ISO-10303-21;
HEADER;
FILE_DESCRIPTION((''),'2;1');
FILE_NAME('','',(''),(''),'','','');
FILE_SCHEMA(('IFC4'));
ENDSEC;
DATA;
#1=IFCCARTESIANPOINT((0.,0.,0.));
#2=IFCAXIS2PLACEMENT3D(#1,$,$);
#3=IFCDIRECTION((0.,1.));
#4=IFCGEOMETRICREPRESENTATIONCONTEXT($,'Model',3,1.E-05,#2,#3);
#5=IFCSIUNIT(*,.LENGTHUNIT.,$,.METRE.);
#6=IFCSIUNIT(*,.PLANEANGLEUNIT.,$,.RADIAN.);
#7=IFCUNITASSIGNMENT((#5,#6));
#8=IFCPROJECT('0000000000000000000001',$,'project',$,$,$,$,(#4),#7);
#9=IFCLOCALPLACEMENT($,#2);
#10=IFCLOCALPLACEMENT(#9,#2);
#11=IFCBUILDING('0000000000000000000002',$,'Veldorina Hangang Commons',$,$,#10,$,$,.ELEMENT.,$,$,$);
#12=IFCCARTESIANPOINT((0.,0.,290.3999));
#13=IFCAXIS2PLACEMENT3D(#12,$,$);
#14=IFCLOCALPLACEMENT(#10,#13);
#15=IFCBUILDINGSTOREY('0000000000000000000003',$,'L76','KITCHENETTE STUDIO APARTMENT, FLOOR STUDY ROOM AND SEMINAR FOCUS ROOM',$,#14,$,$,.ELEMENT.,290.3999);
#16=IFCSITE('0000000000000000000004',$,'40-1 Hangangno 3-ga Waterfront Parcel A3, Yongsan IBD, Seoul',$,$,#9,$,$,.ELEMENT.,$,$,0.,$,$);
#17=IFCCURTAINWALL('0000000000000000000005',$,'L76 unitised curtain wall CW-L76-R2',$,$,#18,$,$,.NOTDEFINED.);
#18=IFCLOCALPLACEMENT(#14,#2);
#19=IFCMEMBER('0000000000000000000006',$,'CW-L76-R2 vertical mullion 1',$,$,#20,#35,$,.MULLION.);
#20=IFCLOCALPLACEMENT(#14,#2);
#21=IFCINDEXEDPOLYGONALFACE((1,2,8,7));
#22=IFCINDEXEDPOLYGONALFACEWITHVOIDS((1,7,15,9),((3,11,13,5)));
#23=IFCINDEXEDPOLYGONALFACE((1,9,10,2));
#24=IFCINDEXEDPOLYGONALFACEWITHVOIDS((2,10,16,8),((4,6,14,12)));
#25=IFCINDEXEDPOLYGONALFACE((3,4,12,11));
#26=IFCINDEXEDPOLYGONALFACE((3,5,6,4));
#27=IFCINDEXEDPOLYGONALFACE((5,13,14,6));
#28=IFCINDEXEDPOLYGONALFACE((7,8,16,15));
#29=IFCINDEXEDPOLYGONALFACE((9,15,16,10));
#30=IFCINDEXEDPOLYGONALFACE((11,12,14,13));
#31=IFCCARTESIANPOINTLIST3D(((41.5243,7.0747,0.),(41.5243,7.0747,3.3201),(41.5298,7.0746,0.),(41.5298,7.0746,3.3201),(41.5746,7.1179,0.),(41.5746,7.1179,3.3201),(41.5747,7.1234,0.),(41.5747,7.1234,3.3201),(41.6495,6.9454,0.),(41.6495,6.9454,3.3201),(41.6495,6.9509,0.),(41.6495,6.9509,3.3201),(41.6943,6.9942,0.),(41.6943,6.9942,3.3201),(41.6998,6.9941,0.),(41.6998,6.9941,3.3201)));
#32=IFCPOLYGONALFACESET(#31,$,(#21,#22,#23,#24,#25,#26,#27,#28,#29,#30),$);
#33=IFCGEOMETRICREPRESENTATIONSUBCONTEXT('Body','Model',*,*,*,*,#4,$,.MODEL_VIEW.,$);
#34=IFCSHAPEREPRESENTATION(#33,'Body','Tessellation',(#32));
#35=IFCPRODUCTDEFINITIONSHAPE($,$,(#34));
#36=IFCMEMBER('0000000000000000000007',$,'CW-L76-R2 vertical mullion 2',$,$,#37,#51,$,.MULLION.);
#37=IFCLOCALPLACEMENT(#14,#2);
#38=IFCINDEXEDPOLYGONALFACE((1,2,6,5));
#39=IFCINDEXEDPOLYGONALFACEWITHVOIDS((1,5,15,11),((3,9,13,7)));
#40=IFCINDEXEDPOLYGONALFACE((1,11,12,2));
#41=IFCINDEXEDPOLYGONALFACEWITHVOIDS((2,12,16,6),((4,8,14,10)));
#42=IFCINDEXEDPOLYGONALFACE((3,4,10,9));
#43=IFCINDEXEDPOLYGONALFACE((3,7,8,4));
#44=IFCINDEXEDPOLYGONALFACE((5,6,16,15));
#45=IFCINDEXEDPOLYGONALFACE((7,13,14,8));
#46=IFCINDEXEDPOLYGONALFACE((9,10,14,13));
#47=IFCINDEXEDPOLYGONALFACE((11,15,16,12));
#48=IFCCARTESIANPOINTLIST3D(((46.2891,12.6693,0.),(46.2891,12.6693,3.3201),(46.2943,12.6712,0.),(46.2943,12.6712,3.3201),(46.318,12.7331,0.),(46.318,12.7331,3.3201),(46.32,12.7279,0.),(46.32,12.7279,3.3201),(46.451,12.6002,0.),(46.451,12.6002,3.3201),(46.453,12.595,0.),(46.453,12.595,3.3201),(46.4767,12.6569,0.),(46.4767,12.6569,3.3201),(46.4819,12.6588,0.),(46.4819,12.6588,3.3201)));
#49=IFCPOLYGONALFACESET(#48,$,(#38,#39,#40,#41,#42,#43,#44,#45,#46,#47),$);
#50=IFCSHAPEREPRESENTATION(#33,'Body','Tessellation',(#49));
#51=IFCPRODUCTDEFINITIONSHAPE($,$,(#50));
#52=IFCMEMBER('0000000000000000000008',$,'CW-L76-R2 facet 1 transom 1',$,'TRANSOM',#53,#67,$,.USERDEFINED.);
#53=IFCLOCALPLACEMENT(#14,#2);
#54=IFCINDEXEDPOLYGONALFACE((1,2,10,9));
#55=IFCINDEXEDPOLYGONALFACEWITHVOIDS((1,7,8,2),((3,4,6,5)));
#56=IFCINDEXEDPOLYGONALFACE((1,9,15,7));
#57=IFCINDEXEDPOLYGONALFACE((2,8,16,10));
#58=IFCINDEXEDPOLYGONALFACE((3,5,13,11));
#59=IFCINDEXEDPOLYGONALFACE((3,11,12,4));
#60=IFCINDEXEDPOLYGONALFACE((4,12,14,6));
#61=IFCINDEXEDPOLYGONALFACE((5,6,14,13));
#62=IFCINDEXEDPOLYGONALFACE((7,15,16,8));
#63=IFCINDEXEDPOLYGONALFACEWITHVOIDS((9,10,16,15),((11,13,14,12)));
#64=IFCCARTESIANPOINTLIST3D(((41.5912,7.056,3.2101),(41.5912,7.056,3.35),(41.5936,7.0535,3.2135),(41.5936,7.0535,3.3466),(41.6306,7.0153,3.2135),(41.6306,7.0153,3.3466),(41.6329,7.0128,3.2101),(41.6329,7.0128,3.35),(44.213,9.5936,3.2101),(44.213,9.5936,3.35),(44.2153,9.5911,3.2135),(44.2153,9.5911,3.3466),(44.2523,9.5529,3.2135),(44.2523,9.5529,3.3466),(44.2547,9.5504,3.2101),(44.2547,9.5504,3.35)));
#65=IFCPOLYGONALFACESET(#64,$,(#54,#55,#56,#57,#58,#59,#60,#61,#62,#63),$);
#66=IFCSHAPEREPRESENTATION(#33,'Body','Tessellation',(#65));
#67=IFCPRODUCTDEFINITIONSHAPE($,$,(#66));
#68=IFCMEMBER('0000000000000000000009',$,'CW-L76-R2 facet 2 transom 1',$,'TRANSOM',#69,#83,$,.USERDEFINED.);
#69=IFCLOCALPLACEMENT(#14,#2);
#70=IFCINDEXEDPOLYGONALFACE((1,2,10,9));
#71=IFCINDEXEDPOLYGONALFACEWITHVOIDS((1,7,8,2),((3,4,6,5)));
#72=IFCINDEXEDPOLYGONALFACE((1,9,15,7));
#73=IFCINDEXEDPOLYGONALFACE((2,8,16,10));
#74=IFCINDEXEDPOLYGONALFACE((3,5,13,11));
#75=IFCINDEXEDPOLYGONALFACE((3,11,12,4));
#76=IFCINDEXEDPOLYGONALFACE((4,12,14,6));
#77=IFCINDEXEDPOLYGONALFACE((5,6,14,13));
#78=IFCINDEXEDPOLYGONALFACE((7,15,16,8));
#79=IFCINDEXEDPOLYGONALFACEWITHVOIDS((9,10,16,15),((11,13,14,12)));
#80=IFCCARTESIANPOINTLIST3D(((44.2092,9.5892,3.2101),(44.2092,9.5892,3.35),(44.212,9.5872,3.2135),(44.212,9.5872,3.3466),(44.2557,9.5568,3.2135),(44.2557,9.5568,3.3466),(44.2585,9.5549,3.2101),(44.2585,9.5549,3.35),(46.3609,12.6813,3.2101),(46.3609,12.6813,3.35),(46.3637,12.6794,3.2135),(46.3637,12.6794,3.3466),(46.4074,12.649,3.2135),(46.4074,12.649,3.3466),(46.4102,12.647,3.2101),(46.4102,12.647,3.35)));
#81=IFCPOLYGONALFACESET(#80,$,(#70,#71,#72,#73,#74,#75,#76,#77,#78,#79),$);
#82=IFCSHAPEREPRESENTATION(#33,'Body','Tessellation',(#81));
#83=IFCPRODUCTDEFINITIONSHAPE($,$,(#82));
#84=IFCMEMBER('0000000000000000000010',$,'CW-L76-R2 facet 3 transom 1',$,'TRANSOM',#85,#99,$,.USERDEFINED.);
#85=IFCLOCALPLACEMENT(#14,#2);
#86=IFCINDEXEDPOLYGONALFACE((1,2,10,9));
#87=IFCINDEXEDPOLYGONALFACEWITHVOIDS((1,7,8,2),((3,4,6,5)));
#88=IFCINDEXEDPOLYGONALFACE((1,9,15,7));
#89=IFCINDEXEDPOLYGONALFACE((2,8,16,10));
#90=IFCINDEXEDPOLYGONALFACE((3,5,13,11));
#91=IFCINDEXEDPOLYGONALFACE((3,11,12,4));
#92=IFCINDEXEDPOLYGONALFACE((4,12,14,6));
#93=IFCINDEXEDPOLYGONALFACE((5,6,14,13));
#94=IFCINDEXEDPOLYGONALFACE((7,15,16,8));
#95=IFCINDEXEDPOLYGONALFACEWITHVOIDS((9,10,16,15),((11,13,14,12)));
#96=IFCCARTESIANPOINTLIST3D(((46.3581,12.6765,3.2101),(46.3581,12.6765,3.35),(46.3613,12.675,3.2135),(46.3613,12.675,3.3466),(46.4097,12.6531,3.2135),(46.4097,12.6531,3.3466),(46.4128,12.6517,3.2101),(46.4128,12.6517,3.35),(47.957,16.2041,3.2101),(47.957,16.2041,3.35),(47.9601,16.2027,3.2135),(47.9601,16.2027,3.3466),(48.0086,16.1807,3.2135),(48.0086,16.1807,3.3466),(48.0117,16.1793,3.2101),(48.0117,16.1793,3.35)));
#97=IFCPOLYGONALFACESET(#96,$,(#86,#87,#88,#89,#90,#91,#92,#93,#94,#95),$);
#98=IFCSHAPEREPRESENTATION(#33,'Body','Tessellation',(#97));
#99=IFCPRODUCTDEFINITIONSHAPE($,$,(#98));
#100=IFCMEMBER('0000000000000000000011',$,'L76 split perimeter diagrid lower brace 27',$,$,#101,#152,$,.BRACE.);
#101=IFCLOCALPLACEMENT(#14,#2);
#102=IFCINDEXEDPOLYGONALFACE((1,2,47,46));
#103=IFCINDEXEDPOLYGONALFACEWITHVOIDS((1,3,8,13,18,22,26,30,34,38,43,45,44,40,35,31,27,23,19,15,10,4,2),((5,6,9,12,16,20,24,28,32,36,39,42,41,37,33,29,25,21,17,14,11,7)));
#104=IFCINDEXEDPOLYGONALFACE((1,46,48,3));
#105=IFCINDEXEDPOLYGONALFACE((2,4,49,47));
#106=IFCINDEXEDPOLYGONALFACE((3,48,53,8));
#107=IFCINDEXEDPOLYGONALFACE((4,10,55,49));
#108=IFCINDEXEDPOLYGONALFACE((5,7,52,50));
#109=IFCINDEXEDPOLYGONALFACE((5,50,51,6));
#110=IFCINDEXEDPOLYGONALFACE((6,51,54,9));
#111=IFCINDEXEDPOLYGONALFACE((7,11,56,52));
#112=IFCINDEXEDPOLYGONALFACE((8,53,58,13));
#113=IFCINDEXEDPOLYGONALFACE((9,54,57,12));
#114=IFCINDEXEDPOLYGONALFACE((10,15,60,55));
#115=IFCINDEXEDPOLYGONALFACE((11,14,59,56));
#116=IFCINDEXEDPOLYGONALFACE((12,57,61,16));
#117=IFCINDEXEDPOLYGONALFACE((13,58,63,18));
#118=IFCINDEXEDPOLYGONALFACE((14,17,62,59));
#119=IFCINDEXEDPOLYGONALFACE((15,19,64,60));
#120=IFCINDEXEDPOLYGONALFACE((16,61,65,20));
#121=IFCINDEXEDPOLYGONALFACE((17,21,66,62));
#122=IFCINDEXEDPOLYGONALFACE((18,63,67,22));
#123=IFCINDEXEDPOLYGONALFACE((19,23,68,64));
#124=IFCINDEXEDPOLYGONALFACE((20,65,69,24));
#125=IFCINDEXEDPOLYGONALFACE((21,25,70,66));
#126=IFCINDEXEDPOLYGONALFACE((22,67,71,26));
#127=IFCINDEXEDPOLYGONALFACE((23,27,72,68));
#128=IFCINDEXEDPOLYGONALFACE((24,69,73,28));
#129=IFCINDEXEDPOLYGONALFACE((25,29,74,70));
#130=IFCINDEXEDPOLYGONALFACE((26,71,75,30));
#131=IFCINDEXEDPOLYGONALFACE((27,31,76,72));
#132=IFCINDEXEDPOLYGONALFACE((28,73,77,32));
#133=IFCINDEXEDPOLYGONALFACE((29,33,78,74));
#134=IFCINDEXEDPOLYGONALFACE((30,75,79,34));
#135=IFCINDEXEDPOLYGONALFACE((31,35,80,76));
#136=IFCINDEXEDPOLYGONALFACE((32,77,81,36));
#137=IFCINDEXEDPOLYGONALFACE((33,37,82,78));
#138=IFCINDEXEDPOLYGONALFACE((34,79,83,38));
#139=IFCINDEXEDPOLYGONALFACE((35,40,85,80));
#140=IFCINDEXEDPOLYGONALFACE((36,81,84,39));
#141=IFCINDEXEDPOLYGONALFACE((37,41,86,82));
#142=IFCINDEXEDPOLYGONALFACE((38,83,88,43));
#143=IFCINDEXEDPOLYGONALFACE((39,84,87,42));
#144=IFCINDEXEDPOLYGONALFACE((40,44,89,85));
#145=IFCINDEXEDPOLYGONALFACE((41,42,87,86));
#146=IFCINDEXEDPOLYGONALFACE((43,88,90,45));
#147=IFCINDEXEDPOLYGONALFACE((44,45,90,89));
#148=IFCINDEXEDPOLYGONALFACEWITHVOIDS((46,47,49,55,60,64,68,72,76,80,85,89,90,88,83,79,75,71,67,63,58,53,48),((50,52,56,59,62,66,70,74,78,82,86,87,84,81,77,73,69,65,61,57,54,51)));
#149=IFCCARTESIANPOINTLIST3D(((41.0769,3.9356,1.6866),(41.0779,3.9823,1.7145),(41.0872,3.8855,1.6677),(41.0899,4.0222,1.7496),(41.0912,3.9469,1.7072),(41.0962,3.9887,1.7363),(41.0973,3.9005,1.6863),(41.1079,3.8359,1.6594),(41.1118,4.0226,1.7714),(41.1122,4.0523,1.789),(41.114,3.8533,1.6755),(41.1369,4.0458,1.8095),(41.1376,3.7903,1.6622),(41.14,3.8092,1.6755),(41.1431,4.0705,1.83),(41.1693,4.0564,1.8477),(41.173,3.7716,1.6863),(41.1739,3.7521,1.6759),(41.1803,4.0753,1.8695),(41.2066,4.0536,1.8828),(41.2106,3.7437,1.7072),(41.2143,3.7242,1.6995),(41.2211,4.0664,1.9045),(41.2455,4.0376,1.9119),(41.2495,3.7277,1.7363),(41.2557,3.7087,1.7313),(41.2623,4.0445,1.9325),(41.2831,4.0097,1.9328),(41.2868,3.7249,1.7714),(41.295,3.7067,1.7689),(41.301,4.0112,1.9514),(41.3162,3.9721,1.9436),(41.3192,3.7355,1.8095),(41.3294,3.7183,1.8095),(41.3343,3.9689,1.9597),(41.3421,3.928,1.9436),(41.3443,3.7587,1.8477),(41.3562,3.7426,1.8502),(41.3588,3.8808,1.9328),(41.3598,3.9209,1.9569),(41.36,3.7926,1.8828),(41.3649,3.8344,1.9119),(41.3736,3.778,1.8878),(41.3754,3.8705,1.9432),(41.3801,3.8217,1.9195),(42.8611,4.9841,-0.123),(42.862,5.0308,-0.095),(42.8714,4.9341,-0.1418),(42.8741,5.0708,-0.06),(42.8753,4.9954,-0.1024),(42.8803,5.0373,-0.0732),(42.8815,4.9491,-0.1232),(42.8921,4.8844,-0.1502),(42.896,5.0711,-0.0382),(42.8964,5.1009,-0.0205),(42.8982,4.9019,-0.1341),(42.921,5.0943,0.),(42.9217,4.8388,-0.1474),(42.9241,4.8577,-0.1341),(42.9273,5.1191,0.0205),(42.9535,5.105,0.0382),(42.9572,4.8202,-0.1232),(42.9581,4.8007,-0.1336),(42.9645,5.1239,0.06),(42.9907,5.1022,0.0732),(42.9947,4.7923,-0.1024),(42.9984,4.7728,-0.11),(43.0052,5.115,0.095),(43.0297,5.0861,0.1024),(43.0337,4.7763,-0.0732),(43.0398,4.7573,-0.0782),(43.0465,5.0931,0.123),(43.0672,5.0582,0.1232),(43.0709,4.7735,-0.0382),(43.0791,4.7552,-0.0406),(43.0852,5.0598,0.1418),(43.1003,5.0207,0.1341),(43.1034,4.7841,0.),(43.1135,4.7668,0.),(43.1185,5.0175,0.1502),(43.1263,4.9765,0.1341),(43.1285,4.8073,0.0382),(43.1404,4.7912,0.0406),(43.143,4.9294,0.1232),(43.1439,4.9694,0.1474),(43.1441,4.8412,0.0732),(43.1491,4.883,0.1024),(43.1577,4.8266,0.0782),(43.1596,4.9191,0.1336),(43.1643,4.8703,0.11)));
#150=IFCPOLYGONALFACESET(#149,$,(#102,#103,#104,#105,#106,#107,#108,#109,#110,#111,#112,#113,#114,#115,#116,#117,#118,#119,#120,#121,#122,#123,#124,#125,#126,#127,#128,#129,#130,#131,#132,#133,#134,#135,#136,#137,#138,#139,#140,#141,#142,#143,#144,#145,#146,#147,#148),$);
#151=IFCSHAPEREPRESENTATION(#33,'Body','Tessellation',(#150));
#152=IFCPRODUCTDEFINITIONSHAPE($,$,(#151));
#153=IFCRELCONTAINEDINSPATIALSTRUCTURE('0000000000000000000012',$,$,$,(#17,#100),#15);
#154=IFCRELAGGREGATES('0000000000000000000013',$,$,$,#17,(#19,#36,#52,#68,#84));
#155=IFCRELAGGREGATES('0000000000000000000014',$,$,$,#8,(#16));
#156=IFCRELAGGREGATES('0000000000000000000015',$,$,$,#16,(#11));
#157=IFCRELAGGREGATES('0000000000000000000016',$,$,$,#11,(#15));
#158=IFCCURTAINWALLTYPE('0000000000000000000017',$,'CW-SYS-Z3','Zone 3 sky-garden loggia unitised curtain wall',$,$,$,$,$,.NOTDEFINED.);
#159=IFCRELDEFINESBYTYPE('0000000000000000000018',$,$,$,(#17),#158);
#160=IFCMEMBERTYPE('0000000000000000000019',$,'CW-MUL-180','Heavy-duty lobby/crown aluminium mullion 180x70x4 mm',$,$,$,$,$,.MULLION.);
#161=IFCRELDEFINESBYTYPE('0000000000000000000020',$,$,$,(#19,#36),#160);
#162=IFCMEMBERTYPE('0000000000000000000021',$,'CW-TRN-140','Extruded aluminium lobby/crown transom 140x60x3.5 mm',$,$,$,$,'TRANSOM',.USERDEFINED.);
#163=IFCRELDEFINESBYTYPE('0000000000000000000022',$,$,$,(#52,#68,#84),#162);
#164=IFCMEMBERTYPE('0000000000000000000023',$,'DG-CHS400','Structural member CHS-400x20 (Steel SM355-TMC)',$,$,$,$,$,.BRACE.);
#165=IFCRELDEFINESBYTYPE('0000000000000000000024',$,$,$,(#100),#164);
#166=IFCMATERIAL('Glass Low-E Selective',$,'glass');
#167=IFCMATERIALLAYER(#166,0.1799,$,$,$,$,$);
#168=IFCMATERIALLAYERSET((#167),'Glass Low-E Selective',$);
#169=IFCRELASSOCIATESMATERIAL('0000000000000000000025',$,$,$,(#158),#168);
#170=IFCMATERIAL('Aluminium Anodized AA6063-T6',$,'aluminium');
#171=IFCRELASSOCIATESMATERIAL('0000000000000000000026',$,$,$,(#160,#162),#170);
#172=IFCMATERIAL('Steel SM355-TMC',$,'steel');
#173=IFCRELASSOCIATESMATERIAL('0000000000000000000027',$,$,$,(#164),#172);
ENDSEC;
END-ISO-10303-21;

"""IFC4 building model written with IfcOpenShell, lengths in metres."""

from ifc_helpers import new_model, si_unit, direction, frame, origin, origin_2d, place, context, subcontext, project, spatial, hollow_rectangle, hollow_circle, extrude, material, layer, layer_set, material_profile, profile_set, type_object, element, aggregate, save


model = new_model("IFC4")

# Units and contexts
model_context = context("Model", 3, precision=1e-05, world=origin(), true_north=direction((0.0, 1.0)))
body_context = subcontext(model_context, "Body", "Model", "MODEL_VIEW")
ifc_project = project(units=[si_unit("LENGTHUNIT", "METRE"), si_unit("PLANEANGLEUNIT", "RADIAN")], contexts=[model_context])

# Site, building, storey
site_placement = place(None, origin())
site = spatial("IfcSite", under=ifc_project, at=site_placement, Name="40-1 Hangangno 3-ga Waterfront Parcel A3, Yongsan IBD, Seoul", CompositionType="ELEMENT", RefElevation=0.0)
building_placement = place(site_placement, origin())
building = spatial("IfcBuilding", under=site, at=building_placement, Name="Veldorina Hangang Commons", CompositionType="ELEMENT")
storey_placement = place(building_placement, frame((0.0, 0.0, 290.3999)))
storey = spatial("IfcBuildingStorey", under=building, at=storey_placement, Name="L76", Description="KITCHENETTE STUDIO APARTMENT, FLOOR STUDY ROOM AND SEMINAR FOCUS ROOM", CompositionType="ELEMENT", Elevation=290.3999)

# Shared definitions
ifc_material_1 = material(Name="Steel SM355-TMC", Category="steel")

# Curtain wall, members
ifc_material_2 = material(Name="Glass Low-E Selective", Category="glass")
ifc_layer_1 = layer(ifc_material_2, 0.1799)
ifc_layer_set_1 = layer_set([ifc_layer_1], Name="Glass Low-E Selective")
curtain_wall_type = type_object("IfcCurtainWallType", Name="CW-SYS-Z3", Description="Zone 3 sky-garden loggia unitised curtain wall", PredefinedType="NOTDEFINED", material=ifc_layer_set_1)
curtain_wall_placement = place(storey_placement, origin())
curtain_wall = element("IfcCurtainWall", 1, at=curtain_wall_placement, inside=storey, type_object=curtain_wall_type, Name="L76 unitised curtain wall CW-L76-R2", PredefinedType="NOTDEFINED")
ifc_material_3 = material(Name="Aluminium Anodized AA6063-T6", Category="aluminium")
ifc_material_profile_1 = material_profile(ifc_material_3, hollow_rectangle(XDim=0.0701, YDim=0.1799, WallThickness=0.0039, at=origin_2d()), Name="ALU-RHS-180x70x4")
ifc_profile_set_1 = profile_set([ifc_material_profile_1], Name="Aluminium Anodized AA6063-T6")
member_type_1 = type_object("IfcMemberType", Name="CW-MUL-180", Description="Heavy-duty lobby/crown aluminium mullion 180x70x4 mm", PredefinedType="MULLION", material=ifc_profile_set_1)
member_1_placement = place(storey_placement, frame((41.6121, 7.0344, 0.0), z_axis=(0.0, 0.0, 1.0), x_axis=(0.718551, 0.695474, 0.0)))
member_1 = element("IfcMember", 2, at=member_1_placement, type_object=member_type_1, Name="CW-L76-R2 vertical mullion 1", PredefinedType="MULLION", context=body_context, shape_type="SweptSolid", body=[
    extrude(hollow_rectangle(XDim=0.0701, YDim=0.1799, WallThickness=0.0039, at=origin_2d()), origin(), (0.0, 0.0, 1.0), 3.3201),
])
member_2_placement = place(storey_placement, frame((46.3855, 12.6641, 0.0), z_axis=(0.0, 0.0, 1.0), x_axis=(0.412802, 0.910821, 0.0)))
member_2 = element("IfcMember", 3, at=member_2_placement, type_object=member_type_1, Name="CW-L76-R2 vertical mullion 2", PredefinedType="MULLION", context=body_context, shape_type="SweptSolid", body=[
    extrude(hollow_rectangle(XDim=0.0701, YDim=0.1799, WallThickness=0.0039, at=origin_2d()), origin(), (0.0, 0.0, 1.0), 3.3201),
])
ifc_material_profile_2 = material_profile(ifc_material_3, hollow_rectangle(XDim=0.0601, YDim=0.1399, WallThickness=0.0034, at=origin_2d()), Name="ALU-RHS-140x60x3.5")
ifc_profile_set_2 = profile_set([ifc_material_profile_2], Name="Aluminium Anodized AA6063-T6")
member_type_2 = type_object("IfcMemberType", Name="CW-TRN-140", Description="Extruded aluminium lobby/crown transom 140x60x3.5 mm", ElementType="TRANSOM", PredefinedType="USERDEFINED", material=ifc_profile_set_2)
member_3_placement = place(storey_placement, frame((41.6121, 7.0344, 3.28), z_axis=(0.718555, 0.69547, 0.0), x_axis=(-0.69547, 0.718555, 0.0)))
member_3 = element("IfcMember", 4, at=member_3_placement, type_object=member_type_2, Name="CW-L76-R2 facet 1 transom 1", ObjectType="TRANSOM", PredefinedType="USERDEFINED", context=body_context, shape_type="SweptSolid", body=[
    extrude(hollow_rectangle(XDim=0.0601, YDim=0.1399, WallThickness=0.0034, at=origin_2d()), origin(), (0.0, 0.0, 1.0), 3.6487),
])
member_4_placement = place(storey_placement, frame((44.2339, 9.572, 3.28), z_axis=(0.571177, 0.820827, 0.0), x_axis=(-0.820827, 0.571177, 0.0)))
member_4 = element("IfcMember", 5, at=member_4_placement, type_object=member_type_2, Name="CW-L76-R2 facet 2 transom 1", ObjectType="TRANSOM", PredefinedType="USERDEFINED", context=body_context, shape_type="SweptSolid", body=[
    extrude(hollow_rectangle(XDim=0.0601, YDim=0.1399, WallThickness=0.0034, at=origin_2d()), origin(), (0.0, 0.0, 1.0), 3.7671),
])
member_5_placement = place(storey_placement, frame((46.3855, 12.6641, 3.28), z_axis=(0.412824, 0.910811, 0.0), x_axis=(-0.910811, 0.412824, 0.0)))
member_5 = element("IfcMember", 6, at=member_5_placement, type_object=member_type_2, Name="CW-L76-R2 facet 3 transom 1", ObjectType="TRANSOM", PredefinedType="USERDEFINED", context=body_context, shape_type="SweptSolid", body=[
    extrude(hollow_rectangle(XDim=0.0601, YDim=0.1399, WallThickness=0.0034, at=origin_2d()), origin(), (0.0, 0.0, 1.0), 3.873),
])

# Member
ifc_material_profile_3 = material_profile(ifc_material_1, hollow_circle(Radius=0.2, WallThickness=0.02, at=origin_2d()), Name="CHS-400x20")
ifc_profile_set_3 = profile_set([ifc_material_profile_3], Name="Steel SM355-TMC")
member_type_3 = type_object("IfcMemberType", Name="DG-CHS400", Description="Structural member CHS-400x20 (Steel SM355-TMC)", PredefinedType="BRACE", material=ifc_profile_set_3)
member_6_placement = place(storey_placement, frame((43.0122, 4.9392, 0.0), z_axis=(-0.649013, -0.381433, 0.658249), x_axis=(0.506685, -0.862131, 0.0)))
element("IfcMember", 7, at=member_6_placement, inside=storey, type_object=member_type_3, Name="L76 split perimeter diagrid lower brace 27", PredefinedType="BRACE", context=body_context, shape_type="SweptSolid", body=[
    extrude(hollow_circle(Radius=0.2, WallThickness=0.02, at=origin_2d()), origin(), (0.0, 0.0, 1.0), 2.749),
])

aggregate(curtain_wall, [member_1, member_2, member_3, member_4, member_5])

save(model, "model.ifc")
